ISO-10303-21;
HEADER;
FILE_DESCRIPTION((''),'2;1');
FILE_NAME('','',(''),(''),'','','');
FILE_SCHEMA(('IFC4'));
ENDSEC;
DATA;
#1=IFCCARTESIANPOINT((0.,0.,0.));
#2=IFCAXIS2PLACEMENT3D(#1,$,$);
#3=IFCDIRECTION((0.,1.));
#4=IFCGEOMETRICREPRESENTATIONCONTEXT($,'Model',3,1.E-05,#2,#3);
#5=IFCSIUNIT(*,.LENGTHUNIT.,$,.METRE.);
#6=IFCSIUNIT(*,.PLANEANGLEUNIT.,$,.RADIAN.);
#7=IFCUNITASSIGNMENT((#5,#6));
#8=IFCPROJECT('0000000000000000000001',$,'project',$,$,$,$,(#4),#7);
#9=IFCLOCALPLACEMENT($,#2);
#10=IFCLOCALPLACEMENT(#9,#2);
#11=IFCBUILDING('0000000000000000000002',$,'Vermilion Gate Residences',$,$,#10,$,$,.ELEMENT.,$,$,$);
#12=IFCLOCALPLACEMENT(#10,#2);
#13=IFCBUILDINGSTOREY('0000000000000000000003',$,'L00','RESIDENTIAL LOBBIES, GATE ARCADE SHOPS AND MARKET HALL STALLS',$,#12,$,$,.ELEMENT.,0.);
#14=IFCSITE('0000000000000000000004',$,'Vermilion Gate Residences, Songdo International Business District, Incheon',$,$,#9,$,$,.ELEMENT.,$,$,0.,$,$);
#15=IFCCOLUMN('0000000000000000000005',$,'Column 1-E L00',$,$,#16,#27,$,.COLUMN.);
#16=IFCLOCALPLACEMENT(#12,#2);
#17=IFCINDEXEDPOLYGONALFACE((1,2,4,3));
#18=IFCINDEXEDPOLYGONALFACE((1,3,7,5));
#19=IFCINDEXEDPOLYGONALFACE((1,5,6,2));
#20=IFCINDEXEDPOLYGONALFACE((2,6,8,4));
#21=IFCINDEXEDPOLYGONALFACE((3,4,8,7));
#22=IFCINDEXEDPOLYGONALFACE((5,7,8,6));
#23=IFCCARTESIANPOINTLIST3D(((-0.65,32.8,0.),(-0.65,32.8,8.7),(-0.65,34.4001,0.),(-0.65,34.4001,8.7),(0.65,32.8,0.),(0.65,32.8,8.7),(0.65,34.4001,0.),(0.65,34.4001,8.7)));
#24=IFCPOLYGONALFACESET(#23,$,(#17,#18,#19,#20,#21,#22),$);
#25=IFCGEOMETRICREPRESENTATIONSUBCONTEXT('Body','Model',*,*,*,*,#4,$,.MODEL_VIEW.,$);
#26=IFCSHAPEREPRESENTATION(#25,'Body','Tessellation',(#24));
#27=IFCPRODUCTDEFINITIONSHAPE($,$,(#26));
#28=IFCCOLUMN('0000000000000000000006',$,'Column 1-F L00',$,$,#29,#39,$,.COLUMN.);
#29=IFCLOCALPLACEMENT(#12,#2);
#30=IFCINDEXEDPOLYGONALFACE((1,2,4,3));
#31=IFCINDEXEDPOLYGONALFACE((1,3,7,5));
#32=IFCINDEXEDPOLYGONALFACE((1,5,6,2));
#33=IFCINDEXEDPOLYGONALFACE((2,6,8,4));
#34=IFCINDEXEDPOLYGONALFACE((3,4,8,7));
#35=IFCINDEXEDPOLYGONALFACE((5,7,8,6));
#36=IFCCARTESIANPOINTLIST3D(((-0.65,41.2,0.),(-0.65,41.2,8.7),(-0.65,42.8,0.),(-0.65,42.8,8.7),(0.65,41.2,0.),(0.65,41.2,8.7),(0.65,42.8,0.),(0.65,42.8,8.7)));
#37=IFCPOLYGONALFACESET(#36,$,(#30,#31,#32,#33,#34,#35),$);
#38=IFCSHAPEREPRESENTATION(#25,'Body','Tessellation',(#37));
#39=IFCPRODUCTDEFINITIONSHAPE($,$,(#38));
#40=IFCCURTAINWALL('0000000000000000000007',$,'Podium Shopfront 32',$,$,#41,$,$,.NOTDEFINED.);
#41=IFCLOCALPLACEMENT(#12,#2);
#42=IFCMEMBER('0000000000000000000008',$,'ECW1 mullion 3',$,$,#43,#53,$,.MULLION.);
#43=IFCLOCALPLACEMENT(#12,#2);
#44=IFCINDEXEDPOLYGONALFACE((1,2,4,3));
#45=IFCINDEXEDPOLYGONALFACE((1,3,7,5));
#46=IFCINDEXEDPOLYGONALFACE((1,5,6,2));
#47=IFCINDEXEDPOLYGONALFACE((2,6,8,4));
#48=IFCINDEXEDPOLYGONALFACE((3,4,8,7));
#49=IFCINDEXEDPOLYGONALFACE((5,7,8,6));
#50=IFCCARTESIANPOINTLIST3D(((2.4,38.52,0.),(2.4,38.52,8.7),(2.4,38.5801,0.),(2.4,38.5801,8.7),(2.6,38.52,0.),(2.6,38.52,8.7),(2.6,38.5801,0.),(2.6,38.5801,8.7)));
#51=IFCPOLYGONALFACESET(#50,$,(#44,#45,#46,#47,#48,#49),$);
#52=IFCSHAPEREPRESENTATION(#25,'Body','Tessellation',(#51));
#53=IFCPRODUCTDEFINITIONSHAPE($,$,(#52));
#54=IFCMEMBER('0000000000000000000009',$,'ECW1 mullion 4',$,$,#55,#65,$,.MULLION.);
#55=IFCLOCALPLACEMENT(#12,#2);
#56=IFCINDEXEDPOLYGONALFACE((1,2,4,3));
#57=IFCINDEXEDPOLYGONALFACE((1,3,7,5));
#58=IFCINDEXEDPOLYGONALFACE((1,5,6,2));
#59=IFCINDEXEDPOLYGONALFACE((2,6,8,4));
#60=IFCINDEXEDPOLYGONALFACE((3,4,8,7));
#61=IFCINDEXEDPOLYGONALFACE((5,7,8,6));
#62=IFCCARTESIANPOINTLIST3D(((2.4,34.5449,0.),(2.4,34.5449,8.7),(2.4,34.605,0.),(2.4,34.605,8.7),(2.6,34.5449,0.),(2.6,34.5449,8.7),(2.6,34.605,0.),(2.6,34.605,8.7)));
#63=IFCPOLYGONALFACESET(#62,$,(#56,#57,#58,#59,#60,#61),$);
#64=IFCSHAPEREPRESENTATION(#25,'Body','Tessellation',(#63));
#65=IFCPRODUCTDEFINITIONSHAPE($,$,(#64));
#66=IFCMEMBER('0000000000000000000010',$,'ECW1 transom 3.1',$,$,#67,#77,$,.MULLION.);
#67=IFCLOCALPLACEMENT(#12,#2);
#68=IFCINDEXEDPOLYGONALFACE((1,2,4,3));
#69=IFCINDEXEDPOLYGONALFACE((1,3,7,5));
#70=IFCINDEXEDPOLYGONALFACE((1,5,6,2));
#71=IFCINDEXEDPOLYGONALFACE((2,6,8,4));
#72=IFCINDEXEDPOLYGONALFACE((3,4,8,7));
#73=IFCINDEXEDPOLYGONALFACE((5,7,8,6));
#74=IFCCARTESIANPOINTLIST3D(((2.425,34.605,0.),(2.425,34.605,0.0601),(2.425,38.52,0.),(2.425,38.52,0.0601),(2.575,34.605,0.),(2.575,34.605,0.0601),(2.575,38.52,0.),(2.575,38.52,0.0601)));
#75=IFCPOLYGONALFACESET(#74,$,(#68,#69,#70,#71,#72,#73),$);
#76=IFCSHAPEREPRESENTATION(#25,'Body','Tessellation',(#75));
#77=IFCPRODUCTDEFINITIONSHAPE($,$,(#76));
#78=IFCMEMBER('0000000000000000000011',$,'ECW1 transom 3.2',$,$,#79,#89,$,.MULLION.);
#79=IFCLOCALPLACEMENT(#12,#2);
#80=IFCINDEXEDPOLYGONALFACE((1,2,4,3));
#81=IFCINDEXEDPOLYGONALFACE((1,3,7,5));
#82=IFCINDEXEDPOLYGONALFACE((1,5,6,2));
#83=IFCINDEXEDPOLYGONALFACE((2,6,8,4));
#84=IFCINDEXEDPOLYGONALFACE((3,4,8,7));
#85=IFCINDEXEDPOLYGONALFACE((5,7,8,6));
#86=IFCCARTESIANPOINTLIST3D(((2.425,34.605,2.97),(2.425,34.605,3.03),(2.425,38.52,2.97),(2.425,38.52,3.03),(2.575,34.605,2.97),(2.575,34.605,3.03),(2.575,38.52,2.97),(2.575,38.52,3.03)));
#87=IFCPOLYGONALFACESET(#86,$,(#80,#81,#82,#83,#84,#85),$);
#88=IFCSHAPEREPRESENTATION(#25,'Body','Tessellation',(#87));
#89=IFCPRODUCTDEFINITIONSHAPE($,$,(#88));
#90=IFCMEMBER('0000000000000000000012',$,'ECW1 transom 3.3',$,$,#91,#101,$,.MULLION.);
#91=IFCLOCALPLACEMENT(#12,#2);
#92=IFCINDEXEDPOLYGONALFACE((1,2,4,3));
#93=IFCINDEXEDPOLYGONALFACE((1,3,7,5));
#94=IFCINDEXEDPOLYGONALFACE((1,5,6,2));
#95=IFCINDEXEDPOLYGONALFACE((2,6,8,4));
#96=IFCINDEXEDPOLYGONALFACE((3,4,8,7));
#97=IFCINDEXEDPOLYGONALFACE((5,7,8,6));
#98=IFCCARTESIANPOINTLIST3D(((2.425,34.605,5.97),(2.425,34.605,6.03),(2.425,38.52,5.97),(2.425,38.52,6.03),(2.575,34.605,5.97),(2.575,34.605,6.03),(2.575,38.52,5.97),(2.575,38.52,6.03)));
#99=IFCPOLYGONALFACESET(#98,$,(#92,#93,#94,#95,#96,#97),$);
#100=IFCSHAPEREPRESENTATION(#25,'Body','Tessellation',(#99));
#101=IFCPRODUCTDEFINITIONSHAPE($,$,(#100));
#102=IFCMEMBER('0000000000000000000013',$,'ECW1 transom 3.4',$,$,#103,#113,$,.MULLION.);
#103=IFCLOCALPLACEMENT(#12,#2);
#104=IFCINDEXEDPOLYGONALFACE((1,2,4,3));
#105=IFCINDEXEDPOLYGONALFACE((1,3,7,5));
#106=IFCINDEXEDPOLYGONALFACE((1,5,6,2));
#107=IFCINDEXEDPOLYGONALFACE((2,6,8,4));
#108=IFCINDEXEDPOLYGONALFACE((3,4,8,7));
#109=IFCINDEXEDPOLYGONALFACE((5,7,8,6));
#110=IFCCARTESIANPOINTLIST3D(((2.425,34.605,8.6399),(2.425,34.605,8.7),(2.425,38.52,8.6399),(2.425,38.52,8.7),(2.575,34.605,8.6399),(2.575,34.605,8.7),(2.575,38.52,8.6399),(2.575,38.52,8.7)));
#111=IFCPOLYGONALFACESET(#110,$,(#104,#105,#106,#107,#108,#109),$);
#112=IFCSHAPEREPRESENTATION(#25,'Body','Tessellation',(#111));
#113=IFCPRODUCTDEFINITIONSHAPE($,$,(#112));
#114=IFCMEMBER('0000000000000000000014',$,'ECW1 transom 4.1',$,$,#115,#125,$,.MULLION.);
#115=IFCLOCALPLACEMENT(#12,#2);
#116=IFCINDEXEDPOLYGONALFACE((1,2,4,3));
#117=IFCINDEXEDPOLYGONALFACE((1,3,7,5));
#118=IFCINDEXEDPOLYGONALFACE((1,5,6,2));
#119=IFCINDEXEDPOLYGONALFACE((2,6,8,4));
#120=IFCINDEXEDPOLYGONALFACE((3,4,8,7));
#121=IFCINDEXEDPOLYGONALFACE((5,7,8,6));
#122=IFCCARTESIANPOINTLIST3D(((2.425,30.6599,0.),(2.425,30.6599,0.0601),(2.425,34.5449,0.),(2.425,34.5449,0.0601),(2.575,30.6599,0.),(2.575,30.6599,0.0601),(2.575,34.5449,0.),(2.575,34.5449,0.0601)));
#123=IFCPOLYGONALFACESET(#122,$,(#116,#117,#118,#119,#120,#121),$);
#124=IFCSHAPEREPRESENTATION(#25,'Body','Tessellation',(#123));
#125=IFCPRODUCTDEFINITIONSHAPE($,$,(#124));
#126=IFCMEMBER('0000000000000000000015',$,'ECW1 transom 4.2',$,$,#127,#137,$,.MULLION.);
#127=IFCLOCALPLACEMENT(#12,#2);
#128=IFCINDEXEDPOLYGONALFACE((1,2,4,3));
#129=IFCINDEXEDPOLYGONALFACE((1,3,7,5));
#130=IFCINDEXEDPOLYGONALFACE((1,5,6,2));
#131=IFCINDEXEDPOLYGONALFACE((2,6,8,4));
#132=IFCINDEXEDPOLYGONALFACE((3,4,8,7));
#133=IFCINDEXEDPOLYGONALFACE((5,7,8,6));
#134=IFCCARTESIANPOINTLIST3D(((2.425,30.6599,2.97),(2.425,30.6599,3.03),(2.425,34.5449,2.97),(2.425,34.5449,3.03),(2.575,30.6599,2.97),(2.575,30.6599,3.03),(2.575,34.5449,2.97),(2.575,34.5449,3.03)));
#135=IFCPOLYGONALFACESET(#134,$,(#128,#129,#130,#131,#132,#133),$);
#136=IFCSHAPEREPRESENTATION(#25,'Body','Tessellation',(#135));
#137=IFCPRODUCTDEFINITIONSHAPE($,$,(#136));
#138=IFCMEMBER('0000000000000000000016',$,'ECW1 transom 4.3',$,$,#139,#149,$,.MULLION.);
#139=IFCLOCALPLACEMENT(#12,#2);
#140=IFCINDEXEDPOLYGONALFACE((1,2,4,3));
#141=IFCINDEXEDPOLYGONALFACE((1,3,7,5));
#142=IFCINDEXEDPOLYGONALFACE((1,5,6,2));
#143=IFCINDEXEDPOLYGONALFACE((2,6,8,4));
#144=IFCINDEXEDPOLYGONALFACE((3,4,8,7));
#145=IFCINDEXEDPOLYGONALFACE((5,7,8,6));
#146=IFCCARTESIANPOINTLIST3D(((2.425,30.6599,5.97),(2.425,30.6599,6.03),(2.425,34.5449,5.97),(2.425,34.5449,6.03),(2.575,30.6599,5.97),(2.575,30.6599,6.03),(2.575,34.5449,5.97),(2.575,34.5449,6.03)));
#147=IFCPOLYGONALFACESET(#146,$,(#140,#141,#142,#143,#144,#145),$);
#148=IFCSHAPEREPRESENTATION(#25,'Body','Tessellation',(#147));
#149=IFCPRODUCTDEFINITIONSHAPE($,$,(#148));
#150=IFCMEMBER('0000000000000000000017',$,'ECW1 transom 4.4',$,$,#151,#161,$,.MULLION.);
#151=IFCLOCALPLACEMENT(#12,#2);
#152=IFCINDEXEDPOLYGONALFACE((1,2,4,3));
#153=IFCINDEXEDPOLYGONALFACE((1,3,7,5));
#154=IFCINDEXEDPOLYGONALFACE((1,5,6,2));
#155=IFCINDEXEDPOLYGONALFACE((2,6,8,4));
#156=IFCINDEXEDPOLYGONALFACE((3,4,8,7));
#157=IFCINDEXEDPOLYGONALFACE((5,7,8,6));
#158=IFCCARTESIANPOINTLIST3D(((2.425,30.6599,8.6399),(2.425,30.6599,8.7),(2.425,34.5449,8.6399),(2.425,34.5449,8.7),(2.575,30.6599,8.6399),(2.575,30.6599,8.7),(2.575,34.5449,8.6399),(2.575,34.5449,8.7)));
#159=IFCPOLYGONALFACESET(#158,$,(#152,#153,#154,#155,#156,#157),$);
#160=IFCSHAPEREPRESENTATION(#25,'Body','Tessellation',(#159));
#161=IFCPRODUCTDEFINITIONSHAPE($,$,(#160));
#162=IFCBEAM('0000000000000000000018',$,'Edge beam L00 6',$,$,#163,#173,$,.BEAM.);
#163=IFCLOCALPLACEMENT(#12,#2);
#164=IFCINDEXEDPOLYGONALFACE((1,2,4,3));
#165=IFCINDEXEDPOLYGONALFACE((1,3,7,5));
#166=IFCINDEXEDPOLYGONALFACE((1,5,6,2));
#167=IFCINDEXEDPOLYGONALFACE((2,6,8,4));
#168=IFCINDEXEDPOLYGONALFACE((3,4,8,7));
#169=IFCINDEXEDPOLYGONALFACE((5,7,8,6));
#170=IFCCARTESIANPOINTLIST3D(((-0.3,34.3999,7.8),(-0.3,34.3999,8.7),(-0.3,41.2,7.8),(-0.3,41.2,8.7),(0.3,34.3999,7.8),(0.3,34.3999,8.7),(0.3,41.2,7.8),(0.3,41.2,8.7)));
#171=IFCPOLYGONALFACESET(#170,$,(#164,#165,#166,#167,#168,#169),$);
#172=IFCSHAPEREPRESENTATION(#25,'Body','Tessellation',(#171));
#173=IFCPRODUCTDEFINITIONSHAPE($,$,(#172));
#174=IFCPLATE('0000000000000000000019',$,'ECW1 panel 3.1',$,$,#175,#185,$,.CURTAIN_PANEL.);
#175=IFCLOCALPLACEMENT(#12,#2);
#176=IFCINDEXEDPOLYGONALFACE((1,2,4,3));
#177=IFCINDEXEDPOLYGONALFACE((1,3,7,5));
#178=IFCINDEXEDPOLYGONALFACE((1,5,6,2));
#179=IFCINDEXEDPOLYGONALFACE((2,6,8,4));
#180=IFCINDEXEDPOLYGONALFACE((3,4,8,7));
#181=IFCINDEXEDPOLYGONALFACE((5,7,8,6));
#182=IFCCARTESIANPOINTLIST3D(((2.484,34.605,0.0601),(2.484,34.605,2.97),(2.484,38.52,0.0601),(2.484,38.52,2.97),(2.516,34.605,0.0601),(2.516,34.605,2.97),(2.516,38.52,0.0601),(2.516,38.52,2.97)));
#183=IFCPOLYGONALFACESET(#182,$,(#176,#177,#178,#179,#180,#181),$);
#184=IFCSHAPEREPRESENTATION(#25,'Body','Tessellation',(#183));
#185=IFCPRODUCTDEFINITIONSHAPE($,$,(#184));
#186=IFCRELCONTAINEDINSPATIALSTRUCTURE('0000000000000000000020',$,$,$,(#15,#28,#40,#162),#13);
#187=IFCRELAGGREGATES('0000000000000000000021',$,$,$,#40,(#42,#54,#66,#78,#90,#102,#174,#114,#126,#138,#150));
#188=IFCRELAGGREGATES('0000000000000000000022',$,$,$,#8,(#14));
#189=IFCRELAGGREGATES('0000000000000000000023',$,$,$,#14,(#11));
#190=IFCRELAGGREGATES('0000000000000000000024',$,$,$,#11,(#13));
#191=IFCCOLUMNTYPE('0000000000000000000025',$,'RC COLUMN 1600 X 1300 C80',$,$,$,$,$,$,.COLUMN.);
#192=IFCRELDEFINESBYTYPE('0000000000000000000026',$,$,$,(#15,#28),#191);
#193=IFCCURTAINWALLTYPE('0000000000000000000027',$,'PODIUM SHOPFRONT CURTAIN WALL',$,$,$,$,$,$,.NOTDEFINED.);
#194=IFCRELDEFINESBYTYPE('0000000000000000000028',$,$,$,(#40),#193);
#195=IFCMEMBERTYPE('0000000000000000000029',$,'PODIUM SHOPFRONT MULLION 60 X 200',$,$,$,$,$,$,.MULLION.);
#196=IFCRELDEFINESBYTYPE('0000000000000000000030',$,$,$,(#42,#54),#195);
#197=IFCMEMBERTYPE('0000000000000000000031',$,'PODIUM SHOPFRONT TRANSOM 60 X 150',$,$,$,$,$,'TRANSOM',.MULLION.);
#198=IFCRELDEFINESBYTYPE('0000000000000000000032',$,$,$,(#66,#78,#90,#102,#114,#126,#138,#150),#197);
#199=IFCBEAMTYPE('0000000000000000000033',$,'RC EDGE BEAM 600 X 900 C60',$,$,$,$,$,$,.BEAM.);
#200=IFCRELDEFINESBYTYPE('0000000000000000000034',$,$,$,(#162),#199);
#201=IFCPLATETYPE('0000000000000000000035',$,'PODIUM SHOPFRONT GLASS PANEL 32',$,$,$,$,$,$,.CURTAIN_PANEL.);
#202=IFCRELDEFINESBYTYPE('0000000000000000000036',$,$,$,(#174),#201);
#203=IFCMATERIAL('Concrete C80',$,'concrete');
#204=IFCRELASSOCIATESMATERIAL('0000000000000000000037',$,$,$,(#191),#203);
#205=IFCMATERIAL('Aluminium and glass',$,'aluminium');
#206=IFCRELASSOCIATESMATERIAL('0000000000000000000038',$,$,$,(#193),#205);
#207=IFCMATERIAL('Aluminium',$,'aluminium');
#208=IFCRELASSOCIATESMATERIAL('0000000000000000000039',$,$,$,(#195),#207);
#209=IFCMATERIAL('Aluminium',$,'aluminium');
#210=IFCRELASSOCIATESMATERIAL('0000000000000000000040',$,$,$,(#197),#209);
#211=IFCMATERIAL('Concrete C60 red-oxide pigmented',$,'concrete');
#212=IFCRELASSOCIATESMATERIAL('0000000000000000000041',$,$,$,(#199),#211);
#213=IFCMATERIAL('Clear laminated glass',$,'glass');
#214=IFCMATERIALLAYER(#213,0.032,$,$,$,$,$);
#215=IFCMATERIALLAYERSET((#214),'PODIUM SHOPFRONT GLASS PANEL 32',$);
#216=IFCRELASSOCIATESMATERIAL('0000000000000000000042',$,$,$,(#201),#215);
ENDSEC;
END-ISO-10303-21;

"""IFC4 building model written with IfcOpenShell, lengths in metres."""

from ifc_helpers import new_model, si_unit, direction, frame, origin, origin_2d, place, context, subcontext, project, spatial, rectangle, extrude, material, layer, layer_set, material_profile, profile_set, type_object, element, aggregate, save


model = new_model("IFC4")

# Units and contexts
model_context = context("Model", 3, precision=1e-05, world=origin(), true_north=direction((0.0, 1.0)))
body_context = subcontext(model_context, "Body", "Model", "MODEL_VIEW")
ifc_project = project(units=[si_unit("LENGTHUNIT", "METRE"), si_unit("PLANEANGLEUNIT", "RADIAN")], contexts=[model_context])

# Site, building, storey
site_placement = place(None, origin())
site = spatial("IfcSite", under=ifc_project, at=site_placement, Name="Vermilion Gate Residences, Songdo International Business District, Incheon", CompositionType="ELEMENT", RefElevation=0.0)
building_placement = place(site_placement, origin())
building = spatial("IfcBuilding", under=site, at=building_placement, Name="Vermilion Gate Residences", CompositionType="ELEMENT")
storey_placement = place(building_placement, origin())
storey = spatial("IfcBuildingStorey", under=building, at=storey_placement, Name="L00", Description="RESIDENTIAL LOBBIES, GATE ARCADE SHOPS AND MARKET HALL STALLS", CompositionType="ELEMENT", Elevation=0.0)

# Columns
ifc_material_1 = material(Name="Concrete C80", Category="concrete")
ifc_material_profile_1 = material_profile(ifc_material_1, rectangle(XDim=1.6001, YDim=1.3, at=origin_2d()), Name="RC-1600x1300")
ifc_profile_set_1 = profile_set([ifc_material_profile_1], Name="Concrete C80")
column_type = type_object("IfcColumnType", Name="RC COLUMN 1600 X 1300 C80", PredefinedType="COLUMN", material=ifc_profile_set_1)
for number, where, z_axis, x_axis, name in (
    (1, (0.0, 33.6001, 0.0), (0.0, 0.0, 1.0), (0.0, 1.0, 0.0), "Column 1-E L00"),
    (2, (0.0, 42.0, 0.0), (0.0, 0.0, 1.0), (0.0, 1.0, 0.0), "Column 1-F L00"),
):
    element("IfcColumn", number, at=place(storey_placement, frame(where, z_axis=z_axis, x_axis=x_axis)), inside=storey, type_object=column_type, Name=name, PredefinedType="COLUMN", context=body_context, shape_type="SweptSolid", body=[
        extrude(rectangle(XDim=1.6001, YDim=1.3, at=origin_2d()), origin(), (0.0, 0.0, 1.0), 8.7),
    ])

# Curtain wall, members
ifc_material_2 = material(Name="Aluminium and glass", Category="aluminium")
curtain_wall_type = type_object("IfcCurtainWallType", Name="PODIUM SHOPFRONT CURTAIN WALL", PredefinedType="NOTDEFINED", material=ifc_material_2)
curtain_wall_placement = place(storey_placement, origin())
curtain_wall = element("IfcCurtainWall", 3, at=curtain_wall_placement, inside=storey, type_object=curtain_wall_type, Name="Podium Shopfront 32", PredefinedType="NOTDEFINED")
ifc_material_3 = material(Name="Aluminium", Category="aluminium")
ifc_material_profile_2 = material_profile(ifc_material_3, rectangle(XDim=0.2, YDim=0.0601, at=origin_2d()), Name="MULLION 60 X 200")
ifc_profile_set_2 = profile_set([ifc_material_profile_2], Name="Aluminium")
member_type_1 = type_object("IfcMemberType", Name="PODIUM SHOPFRONT MULLION 60 X 200", PredefinedType="MULLION", material=ifc_profile_set_2)
member_1_placement = place(storey_placement, frame((2.5, 38.55, 0.0), z_axis=(0.0, 0.0, 1.0), x_axis=(1.0, 0.0, 0.0)))
member_1 = element("IfcMember", 4, at=member_1_placement, type_object=member_type_1, Name="ECW1 mullion 3", PredefinedType="MULLION", context=body_context, shape_type="SweptSolid", body=[
    extrude(rectangle(XDim=0.2, YDim=0.0601, at=origin_2d()), origin(), (0.0, 0.0, 1.0), 8.7),
])
member_2_placement = place(storey_placement, frame((2.5, 34.575, 0.0), z_axis=(0.0, 0.0, 1.0), x_axis=(1.0, 0.0, 0.0)))
member_2 = element("IfcMember", 5, at=member_2_placement, type_object=member_type_1, Name="ECW1 mullion 4", PredefinedType="MULLION", context=body_context, shape_type="SweptSolid", body=[
    extrude(rectangle(XDim=0.2, YDim=0.0601, at=origin_2d()), origin(), (0.0, 0.0, 1.0), 8.7),
])
ifc_material_4 = material(Name="Aluminium", Category="aluminium")
ifc_material_profile_3 = material_profile(ifc_material_4, rectangle(XDim=0.1499, YDim=0.0601, at=origin_2d()), Name="TRANSOM 60 X 150")
ifc_profile_set_3 = profile_set([ifc_material_profile_3], Name="Aluminium")
member_type_2 = type_object("IfcMemberType", Name="PODIUM SHOPFRONT TRANSOM 60 X 150", ElementType="TRANSOM", PredefinedType="MULLION", material=ifc_profile_set_3)
member_3_placement = place(storey_placement, frame((2.5, 38.52, 0.03), z_axis=(0.0, -1.0, 0.0), x_axis=(1.0, 0.0, 0.0)))
member_3 = element("IfcMember", 6, at=member_3_placement, type_object=member_type_2, Name="ECW1 transom 3.1", PredefinedType="MULLION", context=body_context, shape_type="SweptSolid", body=[
    extrude(rectangle(XDim=0.1499, YDim=0.0601, at=origin_2d()), origin(), (0.0, 0.0, 1.0), 3.915),
])
member_4_placement = place(storey_placement, frame((2.5, 38.52, 3.0), z_axis=(0.0, -1.0, 0.0), x_axis=(1.0, 0.0, 0.0)))
member_4 = element("IfcMember", 7, at=member_4_placement, type_object=member_type_2, Name="ECW1 transom 3.2", PredefinedType="MULLION", context=body_context, shape_type="SweptSolid", body=[
    extrude(rectangle(XDim=0.1499, YDim=0.0601, at=origin_2d()), origin(), (0.0, 0.0, 1.0), 3.915),
])
member_5_placement = place(storey_placement, frame((2.5, 38.52, 6.0), z_axis=(0.0, -1.0, 0.0), x_axis=(1.0, 0.0, 0.0)))
member_5 = element("IfcMember", 8, at=member_5_placement, type_object=member_type_2, Name="ECW1 transom 3.3", PredefinedType="MULLION", context=body_context, shape_type="SweptSolid", body=[
    extrude(rectangle(XDim=0.1499, YDim=0.0601, at=origin_2d()), origin(), (0.0, 0.0, 1.0), 3.915),
])
member_6_placement = place(storey_placement, frame((2.5, 38.52, 8.6699), z_axis=(0.0, -1.0, 0.0), x_axis=(1.0, 0.0, 0.0)))
member_6 = element("IfcMember", 9, at=member_6_placement, type_object=member_type_2, Name="ECW1 transom 3.4", PredefinedType="MULLION", context=body_context, shape_type="SweptSolid", body=[
    extrude(rectangle(XDim=0.1499, YDim=0.0601, at=origin_2d()), origin(), (0.0, 0.0, 1.0), 3.915),
])
member_7_placement = place(storey_placement, frame((2.5, 34.5449, 0.03), z_axis=(0.0, -1.0, 0.0), x_axis=(1.0, 0.0, 0.0)))
member_7 = element("IfcMember", 10, at=member_7_placement, type_object=member_type_2, Name="ECW1 transom 4.1", PredefinedType="MULLION", context=body_context, shape_type="SweptSolid", body=[
    extrude(rectangle(XDim=0.1499, YDim=0.0601, at=origin_2d()), origin(), (0.0, 0.0, 1.0), 3.885),
])
member_8_placement = place(storey_placement, frame((2.5, 34.5449, 3.0), z_axis=(0.0, -1.0, 0.0), x_axis=(1.0, 0.0, 0.0)))
member_8 = element("IfcMember", 11, at=member_8_placement, type_object=member_type_2, Name="ECW1 transom 4.2", PredefinedType="MULLION", context=body_context, shape_type="SweptSolid", body=[
    extrude(rectangle(XDim=0.1499, YDim=0.0601, at=origin_2d()), origin(), (0.0, 0.0, 1.0), 3.885),
])
member_9_placement = place(storey_placement, frame((2.5, 34.5449, 6.0), z_axis=(0.0, -1.0, 0.0), x_axis=(1.0, 0.0, 0.0)))
member_9 = element("IfcMember", 12, at=member_9_placement, type_object=member_type_2, Name="ECW1 transom 4.3", PredefinedType="MULLION", context=body_context, shape_type="SweptSolid", body=[
    extrude(rectangle(XDim=0.1499, YDim=0.0601, at=origin_2d()), origin(), (0.0, 0.0, 1.0), 3.885),
])
member_10_placement = place(storey_placement, frame((2.5, 34.5449, 8.6699), z_axis=(0.0, -1.0, 0.0), x_axis=(1.0, 0.0, 0.0)))
member_10 = element("IfcMember", 13, at=member_10_placement, type_object=member_type_2, Name="ECW1 transom 4.4", PredefinedType="MULLION", context=body_context, shape_type="SweptSolid", body=[
    extrude(rectangle(XDim=0.1499, YDim=0.0601, at=origin_2d()), origin(), (0.0, 0.0, 1.0), 3.885),
])

# Beam
ifc_material_5 = material(Name="Concrete C60 red-oxide pigmented", Category="concrete")
ifc_material_profile_4 = material_profile(ifc_material_5, rectangle(XDim=0.6001, YDim=0.8999, at=origin_2d()), Name="RC-600x900")
ifc_profile_set_4 = profile_set([ifc_material_profile_4], Name="Concrete C60 red-oxide pigmented")
beam_type = type_object("IfcBeamType", Name="RC EDGE BEAM 600 X 900 C60", PredefinedType="BEAM", material=ifc_profile_set_4)
beam_placement = place(storey_placement, frame((0.0, 34.3999, 8.25), z_axis=(0.0, 1.0, 0.0), x_axis=(-1.0, 0.0, 0.0)))
element("IfcBeam", 14, at=beam_placement, inside=storey, type_object=beam_type, Name="Edge beam L00 6", PredefinedType="BEAM", context=body_context, shape_type="SweptSolid", body=[
    extrude(rectangle(XDim=0.6001, YDim=0.8999, at=origin_2d()), origin(), (0.0, 0.0, 1.0), 6.8),
])

# Plate
ifc_material_6 = material(Name="Clear laminated glass", Category="glass")
ifc_layer_1 = layer(ifc_material_6, 0.032)
ifc_layer_set_1 = layer_set([ifc_layer_1], Name="PODIUM SHOPFRONT GLASS PANEL 32")
plate_type = type_object("IfcPlateType", Name="PODIUM SHOPFRONT GLASS PANEL 32", PredefinedType="CURTAIN_PANEL", material=ifc_layer_set_1)
plate_1_placement = place(storey_placement, frame((2.5, 36.5625, 0.0601), z_axis=(0.0, 0.0, 1.0), x_axis=(0.0, -1.0, 0.0)))
plate_1 = element("IfcPlate", 15, at=plate_1_placement, type_object=plate_type, Name="ECW1 panel 3.1", PredefinedType="CURTAIN_PANEL", context=body_context, shape_type="SweptSolid", body=[
    extrude(rectangle(XDim=3.915, YDim=0.032, at=origin_2d()), origin(), (0.0, 0.0, 1.0), 2.9099),
])
aggregate(curtain_wall, [member_1, member_2, member_3, member_4, member_5, member_6, plate_1, member_7, member_8, member_9, member_10])

save(model, "model.ifc")
